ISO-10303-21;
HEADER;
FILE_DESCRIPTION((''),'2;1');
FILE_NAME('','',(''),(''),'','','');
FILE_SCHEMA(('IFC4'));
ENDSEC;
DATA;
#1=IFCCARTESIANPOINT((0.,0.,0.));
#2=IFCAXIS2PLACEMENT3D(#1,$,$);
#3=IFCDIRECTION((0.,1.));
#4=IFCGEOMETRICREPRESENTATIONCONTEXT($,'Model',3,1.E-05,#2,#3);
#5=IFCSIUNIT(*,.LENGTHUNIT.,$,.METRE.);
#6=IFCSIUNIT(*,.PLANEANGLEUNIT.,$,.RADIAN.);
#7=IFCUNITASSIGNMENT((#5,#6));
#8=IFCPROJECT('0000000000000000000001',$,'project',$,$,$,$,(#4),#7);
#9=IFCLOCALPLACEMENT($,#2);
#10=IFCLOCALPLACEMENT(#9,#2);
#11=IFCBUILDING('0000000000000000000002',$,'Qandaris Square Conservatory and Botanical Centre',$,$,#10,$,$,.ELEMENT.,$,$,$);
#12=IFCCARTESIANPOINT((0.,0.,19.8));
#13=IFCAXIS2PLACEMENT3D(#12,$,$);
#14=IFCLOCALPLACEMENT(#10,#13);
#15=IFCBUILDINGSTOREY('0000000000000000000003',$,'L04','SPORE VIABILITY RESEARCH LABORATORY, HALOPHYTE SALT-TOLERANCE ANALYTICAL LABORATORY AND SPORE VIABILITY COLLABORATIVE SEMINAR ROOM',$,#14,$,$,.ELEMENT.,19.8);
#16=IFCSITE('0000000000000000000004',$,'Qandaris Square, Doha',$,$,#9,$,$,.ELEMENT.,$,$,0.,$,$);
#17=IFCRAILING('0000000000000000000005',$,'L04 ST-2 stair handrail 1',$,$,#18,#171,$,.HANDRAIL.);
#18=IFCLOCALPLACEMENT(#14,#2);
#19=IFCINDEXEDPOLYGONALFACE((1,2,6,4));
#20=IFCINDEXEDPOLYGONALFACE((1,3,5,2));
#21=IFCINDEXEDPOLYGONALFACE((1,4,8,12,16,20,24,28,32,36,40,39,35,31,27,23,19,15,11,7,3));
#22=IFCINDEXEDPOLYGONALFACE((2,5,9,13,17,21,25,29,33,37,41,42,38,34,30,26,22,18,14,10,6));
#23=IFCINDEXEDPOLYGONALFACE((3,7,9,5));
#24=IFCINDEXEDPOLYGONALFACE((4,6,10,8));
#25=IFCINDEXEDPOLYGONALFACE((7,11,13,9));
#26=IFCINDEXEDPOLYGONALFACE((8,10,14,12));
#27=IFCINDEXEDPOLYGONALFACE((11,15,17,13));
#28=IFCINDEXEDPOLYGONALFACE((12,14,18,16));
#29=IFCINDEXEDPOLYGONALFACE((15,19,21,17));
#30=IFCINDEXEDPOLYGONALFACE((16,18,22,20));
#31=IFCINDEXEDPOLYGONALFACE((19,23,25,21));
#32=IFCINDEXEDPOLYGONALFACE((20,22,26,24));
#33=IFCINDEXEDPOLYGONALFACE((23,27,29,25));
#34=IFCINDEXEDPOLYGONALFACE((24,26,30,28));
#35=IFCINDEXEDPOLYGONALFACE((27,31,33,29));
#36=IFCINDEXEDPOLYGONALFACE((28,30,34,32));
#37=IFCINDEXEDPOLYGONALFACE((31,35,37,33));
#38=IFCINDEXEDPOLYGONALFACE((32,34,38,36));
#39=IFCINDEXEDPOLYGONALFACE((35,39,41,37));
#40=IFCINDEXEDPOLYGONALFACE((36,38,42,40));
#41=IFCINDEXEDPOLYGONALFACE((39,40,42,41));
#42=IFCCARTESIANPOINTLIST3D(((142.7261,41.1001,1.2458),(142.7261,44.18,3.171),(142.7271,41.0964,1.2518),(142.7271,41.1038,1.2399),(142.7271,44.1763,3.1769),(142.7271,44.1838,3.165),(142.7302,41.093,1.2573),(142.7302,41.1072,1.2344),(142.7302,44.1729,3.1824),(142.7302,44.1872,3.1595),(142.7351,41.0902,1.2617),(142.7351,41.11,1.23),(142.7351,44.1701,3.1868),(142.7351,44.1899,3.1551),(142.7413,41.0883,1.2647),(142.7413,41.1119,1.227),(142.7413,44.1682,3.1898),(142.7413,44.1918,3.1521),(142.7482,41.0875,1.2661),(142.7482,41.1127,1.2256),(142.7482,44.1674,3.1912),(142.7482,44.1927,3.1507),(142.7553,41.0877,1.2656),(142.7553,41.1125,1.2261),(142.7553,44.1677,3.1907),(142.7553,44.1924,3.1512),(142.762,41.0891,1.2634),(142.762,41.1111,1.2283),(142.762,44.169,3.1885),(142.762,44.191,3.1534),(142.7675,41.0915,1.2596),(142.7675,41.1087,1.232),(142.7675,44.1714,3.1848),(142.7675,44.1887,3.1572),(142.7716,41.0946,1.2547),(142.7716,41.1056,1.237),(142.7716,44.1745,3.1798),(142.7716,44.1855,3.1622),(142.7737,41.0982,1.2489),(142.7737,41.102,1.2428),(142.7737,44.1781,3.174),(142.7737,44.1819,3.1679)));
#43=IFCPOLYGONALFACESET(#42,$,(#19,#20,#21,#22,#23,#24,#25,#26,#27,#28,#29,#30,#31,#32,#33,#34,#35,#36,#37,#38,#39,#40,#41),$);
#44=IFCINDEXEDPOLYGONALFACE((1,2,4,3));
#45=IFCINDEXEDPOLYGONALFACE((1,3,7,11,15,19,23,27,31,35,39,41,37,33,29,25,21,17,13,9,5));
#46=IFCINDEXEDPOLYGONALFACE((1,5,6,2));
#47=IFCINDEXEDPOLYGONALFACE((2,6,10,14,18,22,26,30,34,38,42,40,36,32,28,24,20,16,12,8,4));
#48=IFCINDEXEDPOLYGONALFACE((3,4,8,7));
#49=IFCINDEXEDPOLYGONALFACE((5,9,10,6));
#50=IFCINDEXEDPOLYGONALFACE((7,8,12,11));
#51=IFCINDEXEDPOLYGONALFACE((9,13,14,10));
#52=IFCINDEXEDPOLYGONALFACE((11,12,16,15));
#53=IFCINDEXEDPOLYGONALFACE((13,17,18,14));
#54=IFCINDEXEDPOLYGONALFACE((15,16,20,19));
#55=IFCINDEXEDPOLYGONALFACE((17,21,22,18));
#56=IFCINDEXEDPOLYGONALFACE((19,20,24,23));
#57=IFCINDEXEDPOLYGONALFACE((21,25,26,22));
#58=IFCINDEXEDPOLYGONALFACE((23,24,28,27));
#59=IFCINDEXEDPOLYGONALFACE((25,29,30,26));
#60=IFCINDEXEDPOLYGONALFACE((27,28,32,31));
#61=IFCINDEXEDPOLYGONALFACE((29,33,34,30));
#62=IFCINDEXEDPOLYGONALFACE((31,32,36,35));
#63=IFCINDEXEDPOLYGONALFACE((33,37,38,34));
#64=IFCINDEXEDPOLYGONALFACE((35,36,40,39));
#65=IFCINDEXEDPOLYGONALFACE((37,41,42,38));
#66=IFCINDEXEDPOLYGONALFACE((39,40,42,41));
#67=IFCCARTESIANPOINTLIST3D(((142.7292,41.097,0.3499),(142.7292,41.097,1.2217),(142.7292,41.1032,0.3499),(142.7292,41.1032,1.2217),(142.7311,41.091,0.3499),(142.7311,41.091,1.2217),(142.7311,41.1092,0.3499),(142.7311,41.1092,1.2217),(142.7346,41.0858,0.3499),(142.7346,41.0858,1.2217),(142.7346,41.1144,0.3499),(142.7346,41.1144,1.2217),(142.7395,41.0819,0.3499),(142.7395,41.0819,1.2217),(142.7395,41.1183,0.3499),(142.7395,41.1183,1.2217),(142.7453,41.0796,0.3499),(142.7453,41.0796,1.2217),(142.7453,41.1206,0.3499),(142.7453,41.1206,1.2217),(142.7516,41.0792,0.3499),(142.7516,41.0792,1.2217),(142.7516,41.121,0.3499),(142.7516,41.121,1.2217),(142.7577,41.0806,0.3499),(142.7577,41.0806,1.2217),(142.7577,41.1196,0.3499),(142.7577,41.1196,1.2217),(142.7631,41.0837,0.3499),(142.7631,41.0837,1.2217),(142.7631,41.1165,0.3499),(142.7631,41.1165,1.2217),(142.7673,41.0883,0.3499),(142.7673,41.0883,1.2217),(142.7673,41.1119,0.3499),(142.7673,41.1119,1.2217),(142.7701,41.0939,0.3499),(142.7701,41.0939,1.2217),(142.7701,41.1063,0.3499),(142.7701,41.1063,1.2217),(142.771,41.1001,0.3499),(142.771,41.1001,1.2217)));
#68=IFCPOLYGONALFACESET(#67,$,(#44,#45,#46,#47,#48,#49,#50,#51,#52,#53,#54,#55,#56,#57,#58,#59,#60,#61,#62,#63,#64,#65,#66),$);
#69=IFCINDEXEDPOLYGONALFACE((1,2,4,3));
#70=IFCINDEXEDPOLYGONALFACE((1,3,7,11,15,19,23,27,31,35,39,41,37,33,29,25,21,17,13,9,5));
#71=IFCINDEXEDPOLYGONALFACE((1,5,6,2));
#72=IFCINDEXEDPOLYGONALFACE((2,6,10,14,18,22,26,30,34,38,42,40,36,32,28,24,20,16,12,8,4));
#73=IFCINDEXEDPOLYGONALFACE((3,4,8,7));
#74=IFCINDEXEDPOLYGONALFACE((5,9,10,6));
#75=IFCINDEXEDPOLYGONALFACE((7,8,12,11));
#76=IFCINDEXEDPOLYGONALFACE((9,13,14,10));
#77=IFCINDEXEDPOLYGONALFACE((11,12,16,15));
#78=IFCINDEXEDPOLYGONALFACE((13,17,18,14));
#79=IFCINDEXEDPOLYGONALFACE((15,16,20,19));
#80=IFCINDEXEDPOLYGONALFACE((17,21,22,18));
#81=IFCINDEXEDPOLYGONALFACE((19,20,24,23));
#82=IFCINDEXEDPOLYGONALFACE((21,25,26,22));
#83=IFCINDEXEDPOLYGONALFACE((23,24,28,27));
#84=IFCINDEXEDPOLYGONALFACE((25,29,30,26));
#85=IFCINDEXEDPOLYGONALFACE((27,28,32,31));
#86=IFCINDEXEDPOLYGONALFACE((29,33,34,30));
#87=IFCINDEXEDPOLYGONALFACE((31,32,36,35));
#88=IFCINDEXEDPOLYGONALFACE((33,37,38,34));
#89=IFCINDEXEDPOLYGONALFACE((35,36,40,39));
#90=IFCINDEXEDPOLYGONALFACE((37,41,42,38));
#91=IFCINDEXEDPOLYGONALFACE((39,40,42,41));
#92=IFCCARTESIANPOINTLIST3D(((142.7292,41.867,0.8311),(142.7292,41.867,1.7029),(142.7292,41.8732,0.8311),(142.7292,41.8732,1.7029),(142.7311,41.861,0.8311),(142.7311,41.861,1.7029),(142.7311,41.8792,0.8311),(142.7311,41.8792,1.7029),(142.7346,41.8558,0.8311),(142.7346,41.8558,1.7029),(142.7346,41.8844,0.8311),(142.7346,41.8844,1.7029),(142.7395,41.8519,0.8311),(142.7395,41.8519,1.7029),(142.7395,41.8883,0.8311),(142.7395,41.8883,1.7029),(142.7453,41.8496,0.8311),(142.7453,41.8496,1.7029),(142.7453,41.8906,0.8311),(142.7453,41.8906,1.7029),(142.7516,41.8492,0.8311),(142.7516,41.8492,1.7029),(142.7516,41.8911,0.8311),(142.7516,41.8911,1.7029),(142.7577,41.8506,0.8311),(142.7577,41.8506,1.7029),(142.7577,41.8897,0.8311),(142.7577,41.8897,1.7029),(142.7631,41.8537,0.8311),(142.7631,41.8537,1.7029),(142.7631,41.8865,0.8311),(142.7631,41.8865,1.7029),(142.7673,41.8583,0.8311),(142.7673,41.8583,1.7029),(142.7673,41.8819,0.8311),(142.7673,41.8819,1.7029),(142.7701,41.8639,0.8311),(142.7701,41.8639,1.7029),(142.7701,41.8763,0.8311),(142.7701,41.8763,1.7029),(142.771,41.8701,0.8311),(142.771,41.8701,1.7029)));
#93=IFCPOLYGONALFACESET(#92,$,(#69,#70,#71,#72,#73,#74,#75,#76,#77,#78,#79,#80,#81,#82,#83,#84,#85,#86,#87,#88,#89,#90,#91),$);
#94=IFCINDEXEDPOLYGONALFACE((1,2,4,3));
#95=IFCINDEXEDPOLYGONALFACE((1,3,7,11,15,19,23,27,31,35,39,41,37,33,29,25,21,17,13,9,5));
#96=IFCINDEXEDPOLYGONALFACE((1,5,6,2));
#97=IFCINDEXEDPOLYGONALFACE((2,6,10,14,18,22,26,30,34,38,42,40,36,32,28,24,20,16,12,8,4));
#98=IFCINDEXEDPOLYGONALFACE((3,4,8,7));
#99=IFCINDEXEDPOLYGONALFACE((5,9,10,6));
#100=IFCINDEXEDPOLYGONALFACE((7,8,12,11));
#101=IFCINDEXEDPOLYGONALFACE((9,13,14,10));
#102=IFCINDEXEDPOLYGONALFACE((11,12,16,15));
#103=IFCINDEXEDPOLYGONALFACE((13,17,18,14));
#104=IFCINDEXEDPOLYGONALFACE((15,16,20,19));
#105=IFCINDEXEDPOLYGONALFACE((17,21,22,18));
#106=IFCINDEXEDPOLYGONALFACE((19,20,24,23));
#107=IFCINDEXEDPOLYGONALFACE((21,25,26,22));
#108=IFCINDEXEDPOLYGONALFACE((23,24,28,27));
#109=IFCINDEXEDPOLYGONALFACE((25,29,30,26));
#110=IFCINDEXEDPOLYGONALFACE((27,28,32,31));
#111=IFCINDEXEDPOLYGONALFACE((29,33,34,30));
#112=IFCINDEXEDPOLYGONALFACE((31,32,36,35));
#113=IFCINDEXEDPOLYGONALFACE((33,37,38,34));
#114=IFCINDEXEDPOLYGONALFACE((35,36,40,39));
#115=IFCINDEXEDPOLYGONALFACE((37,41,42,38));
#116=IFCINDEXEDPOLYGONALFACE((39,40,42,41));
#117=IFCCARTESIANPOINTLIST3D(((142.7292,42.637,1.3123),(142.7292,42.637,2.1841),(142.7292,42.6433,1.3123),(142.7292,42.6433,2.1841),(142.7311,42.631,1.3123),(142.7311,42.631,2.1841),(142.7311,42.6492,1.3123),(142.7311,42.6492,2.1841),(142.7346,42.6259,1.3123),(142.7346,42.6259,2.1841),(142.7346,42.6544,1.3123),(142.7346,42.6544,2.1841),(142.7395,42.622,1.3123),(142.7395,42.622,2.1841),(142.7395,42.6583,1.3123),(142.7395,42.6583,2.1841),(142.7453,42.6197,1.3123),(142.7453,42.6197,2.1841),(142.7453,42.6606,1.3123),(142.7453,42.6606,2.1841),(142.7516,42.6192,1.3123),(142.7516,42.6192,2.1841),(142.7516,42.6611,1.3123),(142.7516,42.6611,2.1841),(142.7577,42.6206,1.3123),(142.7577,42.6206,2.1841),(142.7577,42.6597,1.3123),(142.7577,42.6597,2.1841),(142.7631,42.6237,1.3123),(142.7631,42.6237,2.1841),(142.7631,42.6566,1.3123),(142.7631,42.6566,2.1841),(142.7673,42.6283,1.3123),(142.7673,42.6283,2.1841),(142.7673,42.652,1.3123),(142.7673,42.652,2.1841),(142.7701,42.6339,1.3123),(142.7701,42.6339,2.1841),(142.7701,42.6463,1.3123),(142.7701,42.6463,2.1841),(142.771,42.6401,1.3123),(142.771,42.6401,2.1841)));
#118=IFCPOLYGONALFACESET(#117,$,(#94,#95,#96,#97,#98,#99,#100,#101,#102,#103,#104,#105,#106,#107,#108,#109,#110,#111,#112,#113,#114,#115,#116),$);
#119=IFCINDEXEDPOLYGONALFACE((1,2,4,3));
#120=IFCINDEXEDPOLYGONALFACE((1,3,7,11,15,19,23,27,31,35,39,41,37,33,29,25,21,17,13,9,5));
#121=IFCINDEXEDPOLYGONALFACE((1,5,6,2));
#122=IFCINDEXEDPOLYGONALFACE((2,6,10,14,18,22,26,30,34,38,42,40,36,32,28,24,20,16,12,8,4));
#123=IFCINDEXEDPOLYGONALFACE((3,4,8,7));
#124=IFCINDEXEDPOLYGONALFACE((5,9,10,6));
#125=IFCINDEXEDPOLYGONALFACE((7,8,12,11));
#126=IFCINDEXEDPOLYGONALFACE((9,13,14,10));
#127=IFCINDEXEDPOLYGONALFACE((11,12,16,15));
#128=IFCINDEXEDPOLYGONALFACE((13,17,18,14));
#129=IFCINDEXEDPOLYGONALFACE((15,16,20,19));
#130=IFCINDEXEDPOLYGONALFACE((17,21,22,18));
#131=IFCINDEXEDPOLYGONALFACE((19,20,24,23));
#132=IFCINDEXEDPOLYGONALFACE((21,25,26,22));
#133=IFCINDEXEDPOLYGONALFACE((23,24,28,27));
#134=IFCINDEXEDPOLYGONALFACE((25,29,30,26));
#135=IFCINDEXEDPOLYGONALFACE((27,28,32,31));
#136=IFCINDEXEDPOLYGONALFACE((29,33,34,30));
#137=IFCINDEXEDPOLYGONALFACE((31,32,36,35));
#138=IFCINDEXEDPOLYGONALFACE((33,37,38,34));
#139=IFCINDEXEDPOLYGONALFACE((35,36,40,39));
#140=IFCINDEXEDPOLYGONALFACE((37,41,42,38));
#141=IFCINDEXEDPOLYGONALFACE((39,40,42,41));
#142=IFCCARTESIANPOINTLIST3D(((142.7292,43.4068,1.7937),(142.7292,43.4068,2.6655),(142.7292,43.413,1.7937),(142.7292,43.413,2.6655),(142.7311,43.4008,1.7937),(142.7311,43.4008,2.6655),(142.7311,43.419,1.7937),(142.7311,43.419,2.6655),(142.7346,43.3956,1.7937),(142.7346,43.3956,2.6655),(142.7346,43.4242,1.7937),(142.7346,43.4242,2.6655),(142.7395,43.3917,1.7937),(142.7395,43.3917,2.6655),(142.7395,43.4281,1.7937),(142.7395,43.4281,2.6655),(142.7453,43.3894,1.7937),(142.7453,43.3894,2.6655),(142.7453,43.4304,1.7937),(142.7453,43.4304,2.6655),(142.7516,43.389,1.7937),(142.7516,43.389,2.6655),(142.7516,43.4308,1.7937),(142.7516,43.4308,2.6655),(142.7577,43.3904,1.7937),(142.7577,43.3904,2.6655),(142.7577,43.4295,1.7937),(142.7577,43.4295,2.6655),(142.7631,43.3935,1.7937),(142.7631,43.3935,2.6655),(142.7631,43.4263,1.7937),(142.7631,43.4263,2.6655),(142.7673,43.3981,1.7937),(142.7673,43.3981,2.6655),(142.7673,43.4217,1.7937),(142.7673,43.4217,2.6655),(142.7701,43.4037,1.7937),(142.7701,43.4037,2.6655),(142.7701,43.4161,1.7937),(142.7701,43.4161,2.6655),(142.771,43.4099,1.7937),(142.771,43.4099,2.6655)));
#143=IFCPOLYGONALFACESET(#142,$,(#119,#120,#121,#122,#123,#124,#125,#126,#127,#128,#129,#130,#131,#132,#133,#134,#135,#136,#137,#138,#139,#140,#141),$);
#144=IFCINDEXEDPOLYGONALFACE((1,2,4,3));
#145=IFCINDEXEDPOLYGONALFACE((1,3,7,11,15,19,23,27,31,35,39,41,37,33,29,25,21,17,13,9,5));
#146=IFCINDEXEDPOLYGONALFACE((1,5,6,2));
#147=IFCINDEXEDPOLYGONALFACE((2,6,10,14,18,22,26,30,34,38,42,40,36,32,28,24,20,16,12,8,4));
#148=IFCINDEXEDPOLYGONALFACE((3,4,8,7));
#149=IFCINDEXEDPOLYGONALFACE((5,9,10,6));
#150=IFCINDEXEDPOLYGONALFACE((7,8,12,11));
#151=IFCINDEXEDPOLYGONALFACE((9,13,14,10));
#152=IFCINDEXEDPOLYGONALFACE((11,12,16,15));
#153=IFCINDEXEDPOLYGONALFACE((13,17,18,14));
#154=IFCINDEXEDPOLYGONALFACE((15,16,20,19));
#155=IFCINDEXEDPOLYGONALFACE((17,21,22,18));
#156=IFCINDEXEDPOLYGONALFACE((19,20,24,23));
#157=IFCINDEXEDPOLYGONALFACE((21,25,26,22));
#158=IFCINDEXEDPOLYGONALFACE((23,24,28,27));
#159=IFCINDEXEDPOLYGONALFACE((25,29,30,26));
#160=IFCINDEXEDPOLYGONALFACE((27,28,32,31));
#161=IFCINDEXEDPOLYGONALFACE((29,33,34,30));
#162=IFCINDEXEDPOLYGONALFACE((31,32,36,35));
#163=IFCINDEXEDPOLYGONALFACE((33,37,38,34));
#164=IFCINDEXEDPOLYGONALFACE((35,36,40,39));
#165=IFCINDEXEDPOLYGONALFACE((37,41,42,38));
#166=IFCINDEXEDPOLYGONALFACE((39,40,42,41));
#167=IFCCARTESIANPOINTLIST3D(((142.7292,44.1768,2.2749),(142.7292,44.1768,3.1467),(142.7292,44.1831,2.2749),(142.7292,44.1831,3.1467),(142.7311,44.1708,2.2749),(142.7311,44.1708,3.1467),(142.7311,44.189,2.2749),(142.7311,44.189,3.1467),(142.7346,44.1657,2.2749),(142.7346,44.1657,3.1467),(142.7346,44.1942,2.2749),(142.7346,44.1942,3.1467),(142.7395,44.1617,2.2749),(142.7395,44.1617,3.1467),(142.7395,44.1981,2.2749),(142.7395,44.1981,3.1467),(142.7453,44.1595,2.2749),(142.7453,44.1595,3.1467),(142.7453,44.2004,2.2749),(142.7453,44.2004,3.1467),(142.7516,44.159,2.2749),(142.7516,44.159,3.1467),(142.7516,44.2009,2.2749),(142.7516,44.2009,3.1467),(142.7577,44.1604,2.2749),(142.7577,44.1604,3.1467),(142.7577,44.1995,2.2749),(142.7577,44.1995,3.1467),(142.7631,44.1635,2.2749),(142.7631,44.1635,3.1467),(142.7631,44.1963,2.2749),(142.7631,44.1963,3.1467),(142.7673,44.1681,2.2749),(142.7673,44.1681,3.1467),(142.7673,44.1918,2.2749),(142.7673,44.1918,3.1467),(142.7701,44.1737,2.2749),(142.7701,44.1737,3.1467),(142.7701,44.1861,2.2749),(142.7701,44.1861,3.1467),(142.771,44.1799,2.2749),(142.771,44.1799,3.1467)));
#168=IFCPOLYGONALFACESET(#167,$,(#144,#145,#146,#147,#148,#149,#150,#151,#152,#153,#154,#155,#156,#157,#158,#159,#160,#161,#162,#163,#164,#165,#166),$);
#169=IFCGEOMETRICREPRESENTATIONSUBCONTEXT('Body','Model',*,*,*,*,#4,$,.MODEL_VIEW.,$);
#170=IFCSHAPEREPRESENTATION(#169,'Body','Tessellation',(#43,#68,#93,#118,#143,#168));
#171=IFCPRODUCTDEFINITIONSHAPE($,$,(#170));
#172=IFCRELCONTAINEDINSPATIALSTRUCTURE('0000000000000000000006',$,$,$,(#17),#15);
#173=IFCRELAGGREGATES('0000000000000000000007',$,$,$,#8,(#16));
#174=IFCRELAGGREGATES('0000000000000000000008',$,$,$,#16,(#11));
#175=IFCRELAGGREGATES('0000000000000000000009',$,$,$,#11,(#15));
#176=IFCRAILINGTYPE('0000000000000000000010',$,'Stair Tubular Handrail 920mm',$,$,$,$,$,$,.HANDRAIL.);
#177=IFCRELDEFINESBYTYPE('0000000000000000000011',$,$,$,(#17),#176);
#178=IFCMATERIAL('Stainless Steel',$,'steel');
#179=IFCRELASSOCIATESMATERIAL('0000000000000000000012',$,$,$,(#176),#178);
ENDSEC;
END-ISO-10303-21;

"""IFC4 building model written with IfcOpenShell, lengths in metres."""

from ifc_helpers import new_model, si_unit, direction, frame, origin, origin_2d, place, context, subcontext, project, spatial, circle, extrude, material, type_object, element, save


model = new_model("IFC4")

# Units and contexts
model_context = context("Model", 3, precision=1e-05, world=origin(), true_north=direction((0.0, 1.0)))
body_context = subcontext(model_context, "Body", "Model", "MODEL_VIEW")
ifc_project = project(units=[si_unit("LENGTHUNIT", "METRE"), si_unit("PLANEANGLEUNIT", "RADIAN")], contexts=[model_context])

# Site, building, storey
site_placement = place(None, origin())
site = spatial("IfcSite", under=ifc_project, at=site_placement, Name="Qandaris Square, Doha", CompositionType="ELEMENT", RefElevation=0.0)
building_placement = place(site_placement, origin())
building = spatial("IfcBuilding", under=site, at=building_placement, Name="Qandaris Square Conservatory and Botanical Centre", CompositionType="ELEMENT")
storey_placement = place(building_placement, frame((0.0, 0.0, 19.8)))
storey = spatial("IfcBuildingStorey", under=building, at=storey_placement, Name="L04", Description="SPORE VIABILITY RESEARCH LABORATORY, HALOPHYTE SALT-TOLERANCE ANALYTICAL LABORATORY AND SPORE VIABILITY COLLABORATIVE SEMINAR ROOM", CompositionType="ELEMENT", Elevation=19.8)

# Railing
ifc_material_1 = material(Name="Stainless Steel", Category="steel")
railing_type_1 = type_object("IfcRailingType", Name="Stair Tubular Handrail 920mm", PredefinedType="HANDRAIL", material=ifc_material_1)
railing_1_placement = place(storey_placement, frame((142.75, 41.1001, 0.3499)))
element("IfcRailing", 1, at=railing_1_placement, inside=storey, type_object=railing_type_1, Name="L04 ST-2 stair handrail 1", PredefinedType="HANDRAIL", context=body_context, shape_type="SweptSolid", body=[
    extrude(circle(Radius=0.0239, at=origin_2d()), frame((0.0, 0.0, 0.896), z_axis=(0.0, 0.847979, 0.530029), x_axis=(-1.0, 0.0, 0.0)), (0.0, 0.0, 1.0), 3.6321),
    extrude(circle(Radius=0.021, at=origin_2d()), origin(), (0.0, 0.0, 1.0), 0.8718),
    extrude(circle(Radius=0.021, at=origin_2d()), frame((0.0, 0.77, 0.4812)), (0.0, 0.0, 1.0), 0.8718),
    extrude(circle(Radius=0.021, at=origin_2d()), frame((0.0, 1.54, 0.9624)), (0.0, 0.0, 1.0), 0.8718),
    extrude(circle(Radius=0.021, at=origin_2d()), frame((0.0, 2.3098, 1.4438)), (0.0, 0.0, 1.0), 0.8718),
    extrude(circle(Radius=0.021, at=origin_2d()), frame((0.0, 3.0798, 1.925)), (0.0, 0.0, 1.0), 0.8718),
])

save(model, "model.ifc")
